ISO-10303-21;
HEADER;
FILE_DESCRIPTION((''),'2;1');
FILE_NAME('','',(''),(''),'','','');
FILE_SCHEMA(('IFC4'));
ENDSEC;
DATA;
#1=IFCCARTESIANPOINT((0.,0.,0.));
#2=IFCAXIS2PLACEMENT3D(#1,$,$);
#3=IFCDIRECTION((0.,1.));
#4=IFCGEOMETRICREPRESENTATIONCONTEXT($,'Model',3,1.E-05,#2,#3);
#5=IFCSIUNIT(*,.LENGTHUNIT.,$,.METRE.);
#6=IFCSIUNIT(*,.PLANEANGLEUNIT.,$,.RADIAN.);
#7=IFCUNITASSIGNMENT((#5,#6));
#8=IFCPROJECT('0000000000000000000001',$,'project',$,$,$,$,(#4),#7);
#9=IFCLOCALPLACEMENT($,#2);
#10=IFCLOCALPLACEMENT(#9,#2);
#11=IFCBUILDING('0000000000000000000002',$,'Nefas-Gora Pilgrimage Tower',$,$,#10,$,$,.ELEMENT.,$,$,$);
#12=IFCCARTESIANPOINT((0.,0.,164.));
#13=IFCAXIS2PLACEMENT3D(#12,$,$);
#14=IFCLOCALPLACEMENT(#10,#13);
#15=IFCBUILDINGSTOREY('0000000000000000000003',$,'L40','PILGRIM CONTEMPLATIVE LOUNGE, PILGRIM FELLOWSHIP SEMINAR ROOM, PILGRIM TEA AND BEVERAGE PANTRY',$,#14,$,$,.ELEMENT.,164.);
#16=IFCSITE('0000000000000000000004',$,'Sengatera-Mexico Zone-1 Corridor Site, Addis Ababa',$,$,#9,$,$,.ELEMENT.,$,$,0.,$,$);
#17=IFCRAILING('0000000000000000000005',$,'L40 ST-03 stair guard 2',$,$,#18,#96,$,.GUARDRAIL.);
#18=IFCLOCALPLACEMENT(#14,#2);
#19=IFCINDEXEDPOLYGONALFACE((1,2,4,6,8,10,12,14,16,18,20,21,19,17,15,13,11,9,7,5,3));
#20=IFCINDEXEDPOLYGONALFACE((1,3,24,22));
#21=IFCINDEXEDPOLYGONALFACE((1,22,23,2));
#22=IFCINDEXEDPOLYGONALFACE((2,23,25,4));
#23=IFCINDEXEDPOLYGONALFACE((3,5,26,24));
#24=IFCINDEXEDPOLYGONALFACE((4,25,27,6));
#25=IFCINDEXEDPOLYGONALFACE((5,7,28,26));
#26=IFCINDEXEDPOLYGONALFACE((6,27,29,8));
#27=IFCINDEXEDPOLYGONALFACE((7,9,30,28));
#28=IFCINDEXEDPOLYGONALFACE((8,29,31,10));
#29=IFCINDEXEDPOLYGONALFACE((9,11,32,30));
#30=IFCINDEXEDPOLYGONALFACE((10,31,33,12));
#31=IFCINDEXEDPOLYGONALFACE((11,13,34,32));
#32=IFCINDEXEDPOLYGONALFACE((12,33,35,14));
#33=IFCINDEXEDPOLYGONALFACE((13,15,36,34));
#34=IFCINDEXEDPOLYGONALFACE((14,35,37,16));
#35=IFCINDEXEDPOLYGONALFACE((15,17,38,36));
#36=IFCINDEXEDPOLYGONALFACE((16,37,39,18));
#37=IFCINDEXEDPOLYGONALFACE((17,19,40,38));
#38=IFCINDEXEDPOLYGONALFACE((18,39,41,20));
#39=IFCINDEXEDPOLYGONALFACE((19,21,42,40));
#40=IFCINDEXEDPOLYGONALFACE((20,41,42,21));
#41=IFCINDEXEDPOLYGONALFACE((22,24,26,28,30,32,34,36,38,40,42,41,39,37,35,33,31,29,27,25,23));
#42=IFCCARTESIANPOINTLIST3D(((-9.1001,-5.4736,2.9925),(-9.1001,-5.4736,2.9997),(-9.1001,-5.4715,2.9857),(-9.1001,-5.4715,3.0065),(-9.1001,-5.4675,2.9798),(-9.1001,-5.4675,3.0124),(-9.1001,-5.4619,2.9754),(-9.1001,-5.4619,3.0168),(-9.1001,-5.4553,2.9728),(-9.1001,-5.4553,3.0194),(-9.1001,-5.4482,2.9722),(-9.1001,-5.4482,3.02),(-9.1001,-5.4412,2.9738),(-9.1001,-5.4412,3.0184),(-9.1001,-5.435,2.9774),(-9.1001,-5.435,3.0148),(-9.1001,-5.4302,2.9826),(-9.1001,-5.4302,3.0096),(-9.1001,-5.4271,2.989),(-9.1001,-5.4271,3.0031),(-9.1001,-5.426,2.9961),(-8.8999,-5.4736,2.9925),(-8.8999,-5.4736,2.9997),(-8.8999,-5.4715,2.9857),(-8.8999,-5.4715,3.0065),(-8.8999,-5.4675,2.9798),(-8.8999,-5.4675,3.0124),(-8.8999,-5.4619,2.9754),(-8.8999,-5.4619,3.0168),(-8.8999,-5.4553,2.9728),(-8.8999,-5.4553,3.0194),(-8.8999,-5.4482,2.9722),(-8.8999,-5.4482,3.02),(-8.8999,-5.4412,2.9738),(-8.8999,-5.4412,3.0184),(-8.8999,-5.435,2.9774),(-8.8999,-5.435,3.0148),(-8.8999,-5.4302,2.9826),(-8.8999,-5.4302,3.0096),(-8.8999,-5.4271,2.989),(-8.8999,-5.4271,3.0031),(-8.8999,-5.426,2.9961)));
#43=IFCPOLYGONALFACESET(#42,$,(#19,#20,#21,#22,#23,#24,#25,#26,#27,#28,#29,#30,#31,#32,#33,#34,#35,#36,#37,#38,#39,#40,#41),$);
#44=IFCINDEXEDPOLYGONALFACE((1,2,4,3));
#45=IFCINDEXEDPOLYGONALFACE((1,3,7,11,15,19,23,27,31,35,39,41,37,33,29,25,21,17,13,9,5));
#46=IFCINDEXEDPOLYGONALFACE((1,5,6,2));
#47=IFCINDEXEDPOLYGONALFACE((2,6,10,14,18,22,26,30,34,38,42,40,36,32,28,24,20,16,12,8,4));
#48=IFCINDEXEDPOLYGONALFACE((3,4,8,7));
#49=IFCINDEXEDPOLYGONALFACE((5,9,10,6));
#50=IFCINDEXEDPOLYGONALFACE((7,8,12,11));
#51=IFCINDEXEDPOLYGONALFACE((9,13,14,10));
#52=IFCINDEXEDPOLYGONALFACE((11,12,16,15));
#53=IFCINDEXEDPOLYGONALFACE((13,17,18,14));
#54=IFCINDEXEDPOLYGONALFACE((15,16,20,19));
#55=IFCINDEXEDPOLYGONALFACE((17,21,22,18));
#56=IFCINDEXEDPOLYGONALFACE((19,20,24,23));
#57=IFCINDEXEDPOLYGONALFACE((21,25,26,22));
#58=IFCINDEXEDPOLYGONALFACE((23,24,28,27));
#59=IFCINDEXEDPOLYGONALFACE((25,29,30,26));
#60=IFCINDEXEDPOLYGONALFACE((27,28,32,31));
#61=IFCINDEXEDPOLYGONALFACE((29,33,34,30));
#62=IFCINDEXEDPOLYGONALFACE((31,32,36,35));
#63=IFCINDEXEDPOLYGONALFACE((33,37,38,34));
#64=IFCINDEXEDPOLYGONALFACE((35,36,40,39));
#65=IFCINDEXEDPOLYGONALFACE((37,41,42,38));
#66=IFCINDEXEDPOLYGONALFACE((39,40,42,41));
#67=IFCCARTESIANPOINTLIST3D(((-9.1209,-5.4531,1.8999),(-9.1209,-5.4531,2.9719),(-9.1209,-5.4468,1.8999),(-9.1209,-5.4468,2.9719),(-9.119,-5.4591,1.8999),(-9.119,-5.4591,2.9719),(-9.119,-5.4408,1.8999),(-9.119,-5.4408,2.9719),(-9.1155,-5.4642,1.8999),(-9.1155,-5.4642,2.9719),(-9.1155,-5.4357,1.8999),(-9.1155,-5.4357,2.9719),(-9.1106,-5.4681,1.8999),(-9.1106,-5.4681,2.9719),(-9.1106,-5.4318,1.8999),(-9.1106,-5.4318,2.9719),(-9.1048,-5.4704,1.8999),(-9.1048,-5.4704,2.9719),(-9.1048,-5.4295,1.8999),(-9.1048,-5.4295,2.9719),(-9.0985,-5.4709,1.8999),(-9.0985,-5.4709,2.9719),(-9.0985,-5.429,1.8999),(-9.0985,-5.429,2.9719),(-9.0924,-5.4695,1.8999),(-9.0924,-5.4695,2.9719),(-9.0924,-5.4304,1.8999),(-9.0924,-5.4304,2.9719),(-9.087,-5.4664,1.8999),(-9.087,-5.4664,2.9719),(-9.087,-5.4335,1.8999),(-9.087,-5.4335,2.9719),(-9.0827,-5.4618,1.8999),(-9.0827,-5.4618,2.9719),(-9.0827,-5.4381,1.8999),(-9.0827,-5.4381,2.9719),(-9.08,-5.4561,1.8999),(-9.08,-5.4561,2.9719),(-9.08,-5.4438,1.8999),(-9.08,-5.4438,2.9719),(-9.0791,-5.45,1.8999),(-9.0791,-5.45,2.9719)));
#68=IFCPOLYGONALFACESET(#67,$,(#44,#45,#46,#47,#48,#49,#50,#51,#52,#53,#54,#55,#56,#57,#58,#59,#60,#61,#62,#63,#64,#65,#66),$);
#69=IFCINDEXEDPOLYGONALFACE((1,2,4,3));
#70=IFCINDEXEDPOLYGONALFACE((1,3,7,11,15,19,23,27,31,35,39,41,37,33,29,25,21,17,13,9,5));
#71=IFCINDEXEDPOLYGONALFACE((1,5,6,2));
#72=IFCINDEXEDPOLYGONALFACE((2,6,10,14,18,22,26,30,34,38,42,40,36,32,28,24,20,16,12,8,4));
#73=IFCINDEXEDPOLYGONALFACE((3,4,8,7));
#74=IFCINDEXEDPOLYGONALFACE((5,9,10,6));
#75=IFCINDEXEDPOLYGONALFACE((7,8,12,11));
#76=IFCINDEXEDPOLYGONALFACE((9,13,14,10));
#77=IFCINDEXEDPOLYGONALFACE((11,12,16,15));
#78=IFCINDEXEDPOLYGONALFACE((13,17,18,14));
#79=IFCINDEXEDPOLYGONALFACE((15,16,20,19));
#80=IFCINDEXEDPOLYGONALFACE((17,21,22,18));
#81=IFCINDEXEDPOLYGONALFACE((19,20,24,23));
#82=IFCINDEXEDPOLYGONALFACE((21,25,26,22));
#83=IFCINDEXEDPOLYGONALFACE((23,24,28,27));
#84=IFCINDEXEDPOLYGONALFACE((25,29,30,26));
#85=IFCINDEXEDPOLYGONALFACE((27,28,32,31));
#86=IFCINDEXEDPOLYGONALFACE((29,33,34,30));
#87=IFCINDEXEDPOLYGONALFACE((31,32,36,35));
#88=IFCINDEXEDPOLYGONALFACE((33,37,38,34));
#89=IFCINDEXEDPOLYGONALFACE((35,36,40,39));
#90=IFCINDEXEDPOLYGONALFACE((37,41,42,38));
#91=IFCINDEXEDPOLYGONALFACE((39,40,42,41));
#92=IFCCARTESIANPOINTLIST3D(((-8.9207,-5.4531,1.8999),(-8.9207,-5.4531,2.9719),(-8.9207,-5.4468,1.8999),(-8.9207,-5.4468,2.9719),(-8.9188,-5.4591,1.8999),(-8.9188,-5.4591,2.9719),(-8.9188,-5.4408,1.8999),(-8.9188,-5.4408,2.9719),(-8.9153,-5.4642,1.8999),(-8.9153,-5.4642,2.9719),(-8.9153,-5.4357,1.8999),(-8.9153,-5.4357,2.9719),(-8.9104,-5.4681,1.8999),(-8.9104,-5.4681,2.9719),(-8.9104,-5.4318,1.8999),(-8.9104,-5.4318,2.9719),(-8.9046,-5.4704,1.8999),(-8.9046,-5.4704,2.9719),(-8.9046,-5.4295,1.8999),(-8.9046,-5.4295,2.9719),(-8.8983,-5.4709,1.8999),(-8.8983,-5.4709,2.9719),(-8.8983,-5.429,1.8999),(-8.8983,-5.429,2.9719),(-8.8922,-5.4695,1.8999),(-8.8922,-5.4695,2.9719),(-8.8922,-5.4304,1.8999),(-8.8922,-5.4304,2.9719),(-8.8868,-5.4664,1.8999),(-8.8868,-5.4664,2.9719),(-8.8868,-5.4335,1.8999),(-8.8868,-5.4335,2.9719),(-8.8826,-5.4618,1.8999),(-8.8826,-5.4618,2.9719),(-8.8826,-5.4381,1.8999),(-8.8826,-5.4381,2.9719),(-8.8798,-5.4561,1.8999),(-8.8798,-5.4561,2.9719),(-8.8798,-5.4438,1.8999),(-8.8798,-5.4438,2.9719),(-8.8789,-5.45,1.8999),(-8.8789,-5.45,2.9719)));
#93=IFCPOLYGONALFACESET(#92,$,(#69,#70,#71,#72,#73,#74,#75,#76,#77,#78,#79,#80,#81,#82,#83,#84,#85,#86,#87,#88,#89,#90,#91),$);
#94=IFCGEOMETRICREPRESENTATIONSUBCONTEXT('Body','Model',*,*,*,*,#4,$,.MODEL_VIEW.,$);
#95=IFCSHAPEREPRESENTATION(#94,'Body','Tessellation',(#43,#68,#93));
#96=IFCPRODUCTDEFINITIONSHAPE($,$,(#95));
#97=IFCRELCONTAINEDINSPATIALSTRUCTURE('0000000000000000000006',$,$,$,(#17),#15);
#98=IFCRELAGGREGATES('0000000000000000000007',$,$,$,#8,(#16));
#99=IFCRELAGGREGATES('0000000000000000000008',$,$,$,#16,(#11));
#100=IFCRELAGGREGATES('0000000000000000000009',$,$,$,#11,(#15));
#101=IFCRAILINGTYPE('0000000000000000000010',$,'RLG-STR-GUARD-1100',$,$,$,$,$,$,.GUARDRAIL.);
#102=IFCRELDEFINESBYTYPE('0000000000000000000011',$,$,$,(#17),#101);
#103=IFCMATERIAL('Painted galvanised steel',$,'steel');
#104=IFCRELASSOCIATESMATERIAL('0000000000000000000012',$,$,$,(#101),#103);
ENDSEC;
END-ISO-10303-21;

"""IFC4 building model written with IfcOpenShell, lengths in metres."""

from ifc_helpers import new_model, si_unit, direction, frame, origin, origin_2d, place, context, subcontext, project, spatial, circle, extrude, material, type_object, element, save


model = new_model("IFC4")

# Units and contexts
model_context = context("Model", 3, precision=1e-05, world=origin(), true_north=direction((0.0, 1.0)))
body_context = subcontext(model_context, "Body", "Model", "MODEL_VIEW")
ifc_project = project(units=[si_unit("LENGTHUNIT", "METRE"), si_unit("PLANEANGLEUNIT", "RADIAN")], contexts=[model_context])

# Site, building, storey
site_placement = place(None, origin())
site = spatial("IfcSite", under=ifc_project, at=site_placement, Name="Sengatera-Mexico Zone-1 Corridor Site, Addis Ababa", CompositionType="ELEMENT", RefElevation=0.0)
building_placement = place(site_placement, origin())
building = spatial("IfcBuilding", under=site, at=building_placement, Name="Nefas-Gora Pilgrimage Tower", CompositionType="ELEMENT")
storey_placement = place(building_placement, frame((0.0, 0.0, 164.0)))
storey = spatial("IfcBuildingStorey", under=building, at=storey_placement, Name="L40", Description="PILGRIM CONTEMPLATIVE LOUNGE, PILGRIM FELLOWSHIP SEMINAR ROOM, PILGRIM TEA AND BEVERAGE PANTRY", CompositionType="ELEMENT", Elevation=164.0)

# Railing
ifc_material_1 = material(Name="Painted galvanised steel", Category="steel")
railing_type_1 = type_object("IfcRailingType", Name="RLG-STR-GUARD-1100", PredefinedType="GUARDRAIL", material=ifc_material_1)
railing_1_placement = place(storey_placement, frame((-9.1001, -5.45, 1.8999)))
element("IfcRailing", 1, at=railing_1_placement, inside=storey, type_object=railing_type_1, Name="L40 ST-03 stair guard 2", PredefinedType="GUARDRAIL", context=body_context, shape_type="SweptSolid", body=[
    extrude(circle(Radius=0.0239, at=origin_2d()), frame((0.0, 0.0, 1.0962), z_axis=(1.0, 0.0, 0.0), x_axis=(0.0, 1.0, 0.0)), (0.0, 0.0, 1.0), 0.2002),
    extrude(circle(Radius=0.021, at=origin_2d()), origin(), (0.0, 0.0, 1.0), 1.072),
    extrude(circle(Radius=0.021, at=origin_2d()), frame((0.2002, 0.0, 0.0)), (0.0, 0.0, 1.0), 1.072),
])

save(model, "model.ifc")
